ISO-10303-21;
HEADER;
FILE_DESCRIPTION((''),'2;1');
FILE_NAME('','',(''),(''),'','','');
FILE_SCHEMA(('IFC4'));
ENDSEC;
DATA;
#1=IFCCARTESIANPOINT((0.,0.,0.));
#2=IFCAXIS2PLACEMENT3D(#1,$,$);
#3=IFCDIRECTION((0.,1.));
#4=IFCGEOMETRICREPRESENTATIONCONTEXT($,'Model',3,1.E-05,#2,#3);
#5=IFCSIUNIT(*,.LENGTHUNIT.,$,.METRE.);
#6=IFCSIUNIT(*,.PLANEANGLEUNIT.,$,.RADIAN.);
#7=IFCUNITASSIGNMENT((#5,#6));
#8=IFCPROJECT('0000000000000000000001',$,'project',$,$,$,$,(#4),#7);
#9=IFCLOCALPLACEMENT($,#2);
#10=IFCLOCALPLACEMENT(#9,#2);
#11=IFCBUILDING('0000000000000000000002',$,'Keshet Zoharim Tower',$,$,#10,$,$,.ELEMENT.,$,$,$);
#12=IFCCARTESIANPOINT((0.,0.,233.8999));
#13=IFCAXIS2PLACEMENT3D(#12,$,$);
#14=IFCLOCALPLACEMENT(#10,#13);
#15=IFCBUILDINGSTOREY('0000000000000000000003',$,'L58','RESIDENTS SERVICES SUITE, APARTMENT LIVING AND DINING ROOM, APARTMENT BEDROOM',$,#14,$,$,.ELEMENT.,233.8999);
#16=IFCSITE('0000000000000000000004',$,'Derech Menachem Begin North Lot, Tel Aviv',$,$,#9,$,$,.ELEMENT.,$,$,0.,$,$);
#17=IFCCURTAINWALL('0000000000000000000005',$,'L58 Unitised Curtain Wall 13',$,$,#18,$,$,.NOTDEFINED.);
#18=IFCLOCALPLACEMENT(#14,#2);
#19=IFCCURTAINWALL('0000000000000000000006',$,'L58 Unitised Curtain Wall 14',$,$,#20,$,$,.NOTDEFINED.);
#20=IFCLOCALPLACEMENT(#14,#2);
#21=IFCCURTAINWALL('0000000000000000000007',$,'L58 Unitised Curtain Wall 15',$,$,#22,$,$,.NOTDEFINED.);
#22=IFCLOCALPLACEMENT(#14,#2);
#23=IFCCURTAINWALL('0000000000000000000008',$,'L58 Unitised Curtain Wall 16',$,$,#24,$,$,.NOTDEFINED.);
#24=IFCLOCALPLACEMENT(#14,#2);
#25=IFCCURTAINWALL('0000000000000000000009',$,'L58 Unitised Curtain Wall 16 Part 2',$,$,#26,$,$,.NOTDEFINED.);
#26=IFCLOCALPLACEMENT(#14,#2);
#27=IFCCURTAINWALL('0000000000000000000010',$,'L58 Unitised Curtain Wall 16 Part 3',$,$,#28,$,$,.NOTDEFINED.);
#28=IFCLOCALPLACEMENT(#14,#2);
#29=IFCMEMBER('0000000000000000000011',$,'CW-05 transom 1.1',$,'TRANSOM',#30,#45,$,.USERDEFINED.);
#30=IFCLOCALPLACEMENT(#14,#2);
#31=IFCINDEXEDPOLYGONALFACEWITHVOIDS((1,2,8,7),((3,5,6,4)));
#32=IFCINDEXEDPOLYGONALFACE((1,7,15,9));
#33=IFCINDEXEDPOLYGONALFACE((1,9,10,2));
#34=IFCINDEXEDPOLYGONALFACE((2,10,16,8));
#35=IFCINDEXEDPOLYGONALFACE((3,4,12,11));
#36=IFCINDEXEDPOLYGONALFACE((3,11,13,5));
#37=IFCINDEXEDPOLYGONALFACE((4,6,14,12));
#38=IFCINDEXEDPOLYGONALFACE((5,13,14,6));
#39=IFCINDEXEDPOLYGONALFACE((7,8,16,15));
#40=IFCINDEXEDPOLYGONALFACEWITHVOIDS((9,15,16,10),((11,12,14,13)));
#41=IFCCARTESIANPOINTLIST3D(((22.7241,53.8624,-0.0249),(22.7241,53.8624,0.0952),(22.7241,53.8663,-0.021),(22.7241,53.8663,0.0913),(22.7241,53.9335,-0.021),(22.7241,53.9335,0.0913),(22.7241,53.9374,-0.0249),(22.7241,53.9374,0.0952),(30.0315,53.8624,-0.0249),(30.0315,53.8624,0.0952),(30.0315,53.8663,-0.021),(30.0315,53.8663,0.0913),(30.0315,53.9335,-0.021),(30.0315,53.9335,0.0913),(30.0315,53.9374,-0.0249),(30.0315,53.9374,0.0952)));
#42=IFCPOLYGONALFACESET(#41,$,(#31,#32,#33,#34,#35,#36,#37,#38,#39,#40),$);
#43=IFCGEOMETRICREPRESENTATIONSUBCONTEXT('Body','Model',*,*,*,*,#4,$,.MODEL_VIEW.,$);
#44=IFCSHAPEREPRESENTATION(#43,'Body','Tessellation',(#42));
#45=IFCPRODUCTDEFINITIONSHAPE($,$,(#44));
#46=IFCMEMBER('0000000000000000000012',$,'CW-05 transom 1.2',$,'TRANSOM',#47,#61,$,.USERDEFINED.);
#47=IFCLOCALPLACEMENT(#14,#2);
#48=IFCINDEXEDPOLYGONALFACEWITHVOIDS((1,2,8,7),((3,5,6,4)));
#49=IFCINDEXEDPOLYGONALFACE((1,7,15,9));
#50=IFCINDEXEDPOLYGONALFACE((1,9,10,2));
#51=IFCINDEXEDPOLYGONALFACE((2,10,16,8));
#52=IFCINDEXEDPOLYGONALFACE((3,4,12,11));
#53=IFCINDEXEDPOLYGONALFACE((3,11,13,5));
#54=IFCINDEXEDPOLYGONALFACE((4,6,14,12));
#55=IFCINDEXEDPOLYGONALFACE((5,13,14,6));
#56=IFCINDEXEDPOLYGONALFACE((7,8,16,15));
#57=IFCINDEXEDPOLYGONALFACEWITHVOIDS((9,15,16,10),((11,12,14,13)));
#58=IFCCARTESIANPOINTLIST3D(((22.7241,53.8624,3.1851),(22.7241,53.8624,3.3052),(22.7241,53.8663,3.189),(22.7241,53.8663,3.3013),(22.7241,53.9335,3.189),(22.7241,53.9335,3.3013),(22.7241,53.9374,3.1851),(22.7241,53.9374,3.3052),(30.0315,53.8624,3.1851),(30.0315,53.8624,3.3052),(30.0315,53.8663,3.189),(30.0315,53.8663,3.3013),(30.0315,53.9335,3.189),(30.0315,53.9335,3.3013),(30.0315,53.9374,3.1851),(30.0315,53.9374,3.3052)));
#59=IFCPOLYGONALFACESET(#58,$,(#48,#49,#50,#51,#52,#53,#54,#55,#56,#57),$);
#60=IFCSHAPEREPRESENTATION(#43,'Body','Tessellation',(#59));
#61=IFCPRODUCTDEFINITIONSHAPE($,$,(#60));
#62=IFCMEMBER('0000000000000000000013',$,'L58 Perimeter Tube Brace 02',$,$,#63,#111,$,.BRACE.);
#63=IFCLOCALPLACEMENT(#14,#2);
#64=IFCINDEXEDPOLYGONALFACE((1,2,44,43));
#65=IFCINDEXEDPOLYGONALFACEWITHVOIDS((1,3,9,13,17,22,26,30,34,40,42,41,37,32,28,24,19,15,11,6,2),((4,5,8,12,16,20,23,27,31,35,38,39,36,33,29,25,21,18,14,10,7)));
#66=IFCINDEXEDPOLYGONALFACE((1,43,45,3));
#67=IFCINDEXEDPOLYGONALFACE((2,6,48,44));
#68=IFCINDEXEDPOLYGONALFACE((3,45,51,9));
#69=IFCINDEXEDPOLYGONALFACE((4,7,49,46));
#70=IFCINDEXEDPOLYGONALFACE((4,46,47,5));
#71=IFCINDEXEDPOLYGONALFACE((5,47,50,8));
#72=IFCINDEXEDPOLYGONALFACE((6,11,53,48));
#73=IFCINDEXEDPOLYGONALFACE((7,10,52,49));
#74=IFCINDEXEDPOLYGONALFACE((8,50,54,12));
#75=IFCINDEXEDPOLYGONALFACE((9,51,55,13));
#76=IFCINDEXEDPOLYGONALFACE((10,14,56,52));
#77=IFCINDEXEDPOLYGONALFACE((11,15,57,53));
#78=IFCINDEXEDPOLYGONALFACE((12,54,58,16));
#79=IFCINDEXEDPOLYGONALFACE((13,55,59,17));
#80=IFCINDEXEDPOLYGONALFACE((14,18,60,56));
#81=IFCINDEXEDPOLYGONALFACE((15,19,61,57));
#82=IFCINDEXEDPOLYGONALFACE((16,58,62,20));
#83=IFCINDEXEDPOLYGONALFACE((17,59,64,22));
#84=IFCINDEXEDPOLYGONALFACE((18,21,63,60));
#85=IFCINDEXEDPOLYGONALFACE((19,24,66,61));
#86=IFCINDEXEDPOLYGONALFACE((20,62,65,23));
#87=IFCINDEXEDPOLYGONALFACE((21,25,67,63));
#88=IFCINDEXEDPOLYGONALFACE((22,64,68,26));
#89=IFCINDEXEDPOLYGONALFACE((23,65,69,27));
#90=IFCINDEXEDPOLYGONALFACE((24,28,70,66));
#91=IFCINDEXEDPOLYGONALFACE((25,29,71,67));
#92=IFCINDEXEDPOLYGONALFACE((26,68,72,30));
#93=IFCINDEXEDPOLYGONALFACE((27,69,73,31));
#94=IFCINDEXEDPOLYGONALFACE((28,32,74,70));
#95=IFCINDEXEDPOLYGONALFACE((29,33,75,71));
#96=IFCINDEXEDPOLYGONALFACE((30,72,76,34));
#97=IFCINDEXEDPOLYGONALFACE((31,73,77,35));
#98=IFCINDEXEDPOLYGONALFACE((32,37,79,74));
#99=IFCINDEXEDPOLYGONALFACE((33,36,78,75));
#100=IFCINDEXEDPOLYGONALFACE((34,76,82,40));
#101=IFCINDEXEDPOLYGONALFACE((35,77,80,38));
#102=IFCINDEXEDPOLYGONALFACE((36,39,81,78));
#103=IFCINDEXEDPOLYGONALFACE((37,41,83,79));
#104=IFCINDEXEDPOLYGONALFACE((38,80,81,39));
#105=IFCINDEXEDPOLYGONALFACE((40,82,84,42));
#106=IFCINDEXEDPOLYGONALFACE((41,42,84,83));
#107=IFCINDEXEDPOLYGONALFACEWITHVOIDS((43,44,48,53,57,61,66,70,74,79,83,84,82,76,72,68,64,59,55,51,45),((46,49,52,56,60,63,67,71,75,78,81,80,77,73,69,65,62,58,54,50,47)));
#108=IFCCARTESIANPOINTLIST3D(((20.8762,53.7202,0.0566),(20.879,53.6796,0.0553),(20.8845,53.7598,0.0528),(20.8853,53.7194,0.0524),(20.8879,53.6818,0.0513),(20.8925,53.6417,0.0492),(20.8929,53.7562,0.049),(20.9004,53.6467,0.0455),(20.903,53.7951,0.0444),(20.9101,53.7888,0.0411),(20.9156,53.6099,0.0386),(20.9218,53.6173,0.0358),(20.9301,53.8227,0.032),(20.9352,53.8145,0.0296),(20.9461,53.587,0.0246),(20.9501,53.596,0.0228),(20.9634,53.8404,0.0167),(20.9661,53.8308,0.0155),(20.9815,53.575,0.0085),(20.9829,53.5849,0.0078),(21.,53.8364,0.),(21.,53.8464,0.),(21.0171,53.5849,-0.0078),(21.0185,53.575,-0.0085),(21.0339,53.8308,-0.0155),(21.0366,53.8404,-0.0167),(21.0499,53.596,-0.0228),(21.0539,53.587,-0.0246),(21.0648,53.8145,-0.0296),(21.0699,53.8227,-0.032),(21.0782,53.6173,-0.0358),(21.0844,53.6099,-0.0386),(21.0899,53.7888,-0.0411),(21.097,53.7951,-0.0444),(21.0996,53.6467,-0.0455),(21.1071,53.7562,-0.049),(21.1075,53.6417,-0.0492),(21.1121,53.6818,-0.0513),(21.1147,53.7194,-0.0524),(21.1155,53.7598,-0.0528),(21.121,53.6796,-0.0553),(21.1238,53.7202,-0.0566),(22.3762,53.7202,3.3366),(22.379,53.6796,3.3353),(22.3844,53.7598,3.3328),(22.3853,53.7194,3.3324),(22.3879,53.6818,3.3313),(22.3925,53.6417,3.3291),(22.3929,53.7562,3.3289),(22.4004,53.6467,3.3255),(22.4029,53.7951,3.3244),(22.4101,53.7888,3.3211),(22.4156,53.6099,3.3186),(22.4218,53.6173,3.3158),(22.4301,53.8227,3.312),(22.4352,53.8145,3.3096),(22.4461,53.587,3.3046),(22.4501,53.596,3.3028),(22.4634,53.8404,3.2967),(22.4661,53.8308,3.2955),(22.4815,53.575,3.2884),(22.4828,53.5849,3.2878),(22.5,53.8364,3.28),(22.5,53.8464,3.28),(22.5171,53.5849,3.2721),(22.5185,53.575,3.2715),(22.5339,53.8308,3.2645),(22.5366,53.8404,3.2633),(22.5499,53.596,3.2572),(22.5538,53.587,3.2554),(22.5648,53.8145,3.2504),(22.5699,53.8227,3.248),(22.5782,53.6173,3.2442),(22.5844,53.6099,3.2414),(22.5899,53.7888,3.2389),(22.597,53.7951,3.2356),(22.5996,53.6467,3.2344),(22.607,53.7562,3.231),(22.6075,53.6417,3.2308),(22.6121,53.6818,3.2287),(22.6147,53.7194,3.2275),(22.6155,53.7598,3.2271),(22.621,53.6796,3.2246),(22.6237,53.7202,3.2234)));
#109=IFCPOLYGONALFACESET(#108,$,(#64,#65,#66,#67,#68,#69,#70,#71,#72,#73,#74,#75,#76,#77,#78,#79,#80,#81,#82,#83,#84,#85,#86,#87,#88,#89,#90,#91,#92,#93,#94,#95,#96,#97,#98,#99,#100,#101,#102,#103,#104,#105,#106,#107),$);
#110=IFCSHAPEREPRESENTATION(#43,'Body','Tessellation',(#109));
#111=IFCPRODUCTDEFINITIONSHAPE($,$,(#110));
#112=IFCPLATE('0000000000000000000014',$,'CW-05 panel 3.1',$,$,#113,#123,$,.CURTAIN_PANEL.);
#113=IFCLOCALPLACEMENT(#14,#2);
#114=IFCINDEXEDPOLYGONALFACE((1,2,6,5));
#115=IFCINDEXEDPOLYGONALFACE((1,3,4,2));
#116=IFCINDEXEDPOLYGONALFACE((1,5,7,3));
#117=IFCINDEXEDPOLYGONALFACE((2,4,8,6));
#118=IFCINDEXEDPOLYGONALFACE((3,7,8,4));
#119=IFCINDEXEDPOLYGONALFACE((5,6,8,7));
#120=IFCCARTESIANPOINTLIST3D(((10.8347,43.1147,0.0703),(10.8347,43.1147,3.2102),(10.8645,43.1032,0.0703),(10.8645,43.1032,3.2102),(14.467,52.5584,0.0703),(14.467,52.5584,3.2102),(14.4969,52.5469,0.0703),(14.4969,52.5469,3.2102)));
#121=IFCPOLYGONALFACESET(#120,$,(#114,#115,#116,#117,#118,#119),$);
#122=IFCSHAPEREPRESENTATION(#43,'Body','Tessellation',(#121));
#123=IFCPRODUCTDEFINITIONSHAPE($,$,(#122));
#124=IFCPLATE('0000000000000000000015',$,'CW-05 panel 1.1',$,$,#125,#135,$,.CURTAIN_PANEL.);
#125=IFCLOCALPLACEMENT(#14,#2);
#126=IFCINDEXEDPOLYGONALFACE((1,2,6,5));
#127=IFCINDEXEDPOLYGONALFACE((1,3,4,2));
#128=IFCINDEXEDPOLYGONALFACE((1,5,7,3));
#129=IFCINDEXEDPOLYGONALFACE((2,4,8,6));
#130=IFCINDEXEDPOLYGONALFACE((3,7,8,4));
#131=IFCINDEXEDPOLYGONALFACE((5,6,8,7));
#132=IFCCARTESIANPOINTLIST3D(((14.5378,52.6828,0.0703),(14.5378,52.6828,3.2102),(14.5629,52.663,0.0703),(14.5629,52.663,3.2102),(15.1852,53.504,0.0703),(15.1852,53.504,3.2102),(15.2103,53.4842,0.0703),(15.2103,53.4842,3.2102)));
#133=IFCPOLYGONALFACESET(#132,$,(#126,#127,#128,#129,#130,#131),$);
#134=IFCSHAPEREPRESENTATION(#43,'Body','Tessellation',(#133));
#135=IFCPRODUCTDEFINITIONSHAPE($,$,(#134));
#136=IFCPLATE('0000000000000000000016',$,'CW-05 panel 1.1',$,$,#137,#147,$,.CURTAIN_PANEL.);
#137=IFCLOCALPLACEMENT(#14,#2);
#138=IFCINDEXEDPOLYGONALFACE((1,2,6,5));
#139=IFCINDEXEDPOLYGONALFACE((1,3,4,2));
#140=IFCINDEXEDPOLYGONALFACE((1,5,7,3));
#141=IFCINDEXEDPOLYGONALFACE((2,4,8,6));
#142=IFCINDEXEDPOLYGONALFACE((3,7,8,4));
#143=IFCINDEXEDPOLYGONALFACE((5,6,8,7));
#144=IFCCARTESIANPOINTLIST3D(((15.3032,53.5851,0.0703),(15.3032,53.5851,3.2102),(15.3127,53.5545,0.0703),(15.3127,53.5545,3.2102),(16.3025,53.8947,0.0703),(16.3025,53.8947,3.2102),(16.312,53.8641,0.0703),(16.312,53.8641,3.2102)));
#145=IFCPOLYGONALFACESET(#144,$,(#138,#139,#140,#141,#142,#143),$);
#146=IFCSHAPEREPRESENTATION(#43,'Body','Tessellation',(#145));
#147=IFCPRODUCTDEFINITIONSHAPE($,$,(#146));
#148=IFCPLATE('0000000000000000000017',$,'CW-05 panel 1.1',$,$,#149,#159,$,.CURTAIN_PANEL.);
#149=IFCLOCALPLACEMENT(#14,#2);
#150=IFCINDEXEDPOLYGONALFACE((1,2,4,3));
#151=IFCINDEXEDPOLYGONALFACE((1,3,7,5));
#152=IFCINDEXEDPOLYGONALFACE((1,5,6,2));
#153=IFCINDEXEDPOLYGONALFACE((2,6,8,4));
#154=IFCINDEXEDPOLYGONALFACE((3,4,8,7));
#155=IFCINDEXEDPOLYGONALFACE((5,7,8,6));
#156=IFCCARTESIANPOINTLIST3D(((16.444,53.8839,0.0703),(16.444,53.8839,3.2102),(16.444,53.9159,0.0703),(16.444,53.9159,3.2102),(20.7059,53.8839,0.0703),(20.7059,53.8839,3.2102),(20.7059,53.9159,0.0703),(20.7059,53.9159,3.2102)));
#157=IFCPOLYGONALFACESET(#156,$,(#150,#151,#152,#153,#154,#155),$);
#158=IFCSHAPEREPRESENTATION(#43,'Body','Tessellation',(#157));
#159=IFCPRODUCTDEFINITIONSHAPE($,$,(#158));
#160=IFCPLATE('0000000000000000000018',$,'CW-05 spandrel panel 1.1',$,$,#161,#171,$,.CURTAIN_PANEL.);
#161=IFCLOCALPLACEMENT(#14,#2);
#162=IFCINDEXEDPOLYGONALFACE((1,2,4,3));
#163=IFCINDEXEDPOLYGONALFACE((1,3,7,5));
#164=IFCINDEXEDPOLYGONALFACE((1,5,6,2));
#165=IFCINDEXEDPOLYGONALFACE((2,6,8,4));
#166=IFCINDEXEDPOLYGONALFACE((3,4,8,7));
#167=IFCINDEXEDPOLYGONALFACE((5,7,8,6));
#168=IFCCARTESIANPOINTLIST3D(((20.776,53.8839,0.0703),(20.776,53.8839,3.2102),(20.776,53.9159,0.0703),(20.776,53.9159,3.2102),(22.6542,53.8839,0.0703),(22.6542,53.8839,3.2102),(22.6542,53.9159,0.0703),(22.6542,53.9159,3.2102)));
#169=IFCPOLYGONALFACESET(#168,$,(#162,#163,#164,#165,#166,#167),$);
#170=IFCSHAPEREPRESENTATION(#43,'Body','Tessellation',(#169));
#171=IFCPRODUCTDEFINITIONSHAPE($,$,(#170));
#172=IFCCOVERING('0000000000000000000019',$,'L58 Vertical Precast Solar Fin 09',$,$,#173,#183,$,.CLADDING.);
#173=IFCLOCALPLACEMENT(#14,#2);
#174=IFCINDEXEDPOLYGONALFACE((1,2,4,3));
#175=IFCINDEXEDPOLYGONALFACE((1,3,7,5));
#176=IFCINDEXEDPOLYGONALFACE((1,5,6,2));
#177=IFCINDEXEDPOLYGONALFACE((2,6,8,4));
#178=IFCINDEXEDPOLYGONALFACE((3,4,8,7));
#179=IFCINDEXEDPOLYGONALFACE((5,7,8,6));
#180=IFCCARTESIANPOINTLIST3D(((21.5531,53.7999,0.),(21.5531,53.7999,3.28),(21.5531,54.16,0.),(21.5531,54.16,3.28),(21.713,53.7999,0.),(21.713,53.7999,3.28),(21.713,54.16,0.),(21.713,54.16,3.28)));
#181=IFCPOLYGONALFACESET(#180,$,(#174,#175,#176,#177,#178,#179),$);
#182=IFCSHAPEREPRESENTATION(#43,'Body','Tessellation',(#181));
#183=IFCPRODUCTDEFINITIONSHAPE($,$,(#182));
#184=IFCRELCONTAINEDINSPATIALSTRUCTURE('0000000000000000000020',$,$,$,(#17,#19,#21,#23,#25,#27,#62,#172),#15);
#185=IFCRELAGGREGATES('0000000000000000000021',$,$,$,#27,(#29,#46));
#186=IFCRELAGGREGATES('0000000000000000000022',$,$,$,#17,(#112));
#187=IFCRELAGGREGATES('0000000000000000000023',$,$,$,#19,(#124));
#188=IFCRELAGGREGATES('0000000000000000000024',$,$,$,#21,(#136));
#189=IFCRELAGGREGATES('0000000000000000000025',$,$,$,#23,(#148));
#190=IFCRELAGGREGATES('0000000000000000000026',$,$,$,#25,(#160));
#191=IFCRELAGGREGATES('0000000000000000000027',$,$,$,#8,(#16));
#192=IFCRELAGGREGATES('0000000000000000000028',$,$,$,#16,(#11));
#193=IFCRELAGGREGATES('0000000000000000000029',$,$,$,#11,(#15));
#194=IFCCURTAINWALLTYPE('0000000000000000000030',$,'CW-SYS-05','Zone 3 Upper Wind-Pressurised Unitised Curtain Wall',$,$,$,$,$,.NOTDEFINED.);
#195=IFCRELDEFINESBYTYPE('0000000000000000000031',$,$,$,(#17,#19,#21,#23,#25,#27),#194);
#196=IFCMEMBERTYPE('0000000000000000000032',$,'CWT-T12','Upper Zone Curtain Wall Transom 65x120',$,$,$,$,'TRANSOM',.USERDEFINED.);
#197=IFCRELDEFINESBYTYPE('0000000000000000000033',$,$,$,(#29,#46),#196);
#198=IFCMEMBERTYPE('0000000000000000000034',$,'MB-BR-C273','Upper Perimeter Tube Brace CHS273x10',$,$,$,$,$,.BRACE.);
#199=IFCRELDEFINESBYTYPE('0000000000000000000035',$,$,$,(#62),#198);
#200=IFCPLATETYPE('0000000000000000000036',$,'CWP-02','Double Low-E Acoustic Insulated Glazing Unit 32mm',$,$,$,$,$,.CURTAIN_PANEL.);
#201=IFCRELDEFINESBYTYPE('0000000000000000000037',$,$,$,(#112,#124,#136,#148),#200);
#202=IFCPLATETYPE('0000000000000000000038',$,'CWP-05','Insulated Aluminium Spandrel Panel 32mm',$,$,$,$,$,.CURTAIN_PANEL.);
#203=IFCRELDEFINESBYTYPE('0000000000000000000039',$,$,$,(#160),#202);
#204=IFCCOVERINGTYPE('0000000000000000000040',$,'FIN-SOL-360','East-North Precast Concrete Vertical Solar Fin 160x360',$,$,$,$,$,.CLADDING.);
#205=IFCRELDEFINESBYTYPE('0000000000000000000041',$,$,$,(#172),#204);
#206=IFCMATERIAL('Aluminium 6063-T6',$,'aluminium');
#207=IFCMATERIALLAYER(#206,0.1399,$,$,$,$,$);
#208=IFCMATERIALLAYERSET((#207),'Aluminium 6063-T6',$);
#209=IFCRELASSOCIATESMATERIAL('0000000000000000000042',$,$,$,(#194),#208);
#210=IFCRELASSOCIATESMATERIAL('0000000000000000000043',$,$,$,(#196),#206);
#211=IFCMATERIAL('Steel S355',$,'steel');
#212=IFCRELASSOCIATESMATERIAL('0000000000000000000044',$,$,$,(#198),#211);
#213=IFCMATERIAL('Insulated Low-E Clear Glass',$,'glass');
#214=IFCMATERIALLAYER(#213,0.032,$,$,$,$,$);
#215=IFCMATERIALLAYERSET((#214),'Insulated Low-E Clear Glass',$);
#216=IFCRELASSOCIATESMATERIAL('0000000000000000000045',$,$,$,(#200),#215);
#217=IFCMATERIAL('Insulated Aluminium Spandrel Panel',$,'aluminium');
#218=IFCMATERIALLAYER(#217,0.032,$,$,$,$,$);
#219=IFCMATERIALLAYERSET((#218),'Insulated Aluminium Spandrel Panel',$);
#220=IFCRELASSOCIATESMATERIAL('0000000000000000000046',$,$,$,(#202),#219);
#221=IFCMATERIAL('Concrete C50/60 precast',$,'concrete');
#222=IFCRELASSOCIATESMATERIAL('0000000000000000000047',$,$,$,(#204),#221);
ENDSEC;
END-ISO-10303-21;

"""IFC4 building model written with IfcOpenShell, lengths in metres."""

from ifc_helpers import new_model, si_unit, direction, frame, origin, origin_2d, place, context, subcontext, project, spatial, rectangle, hollow_rectangle, hollow_circle, extrude, material, layer, layer_set, material_profile, profile_set, type_object, element, aggregate, save


model = new_model("IFC4")

# Units and contexts
model_context = context("Model", 3, precision=1e-05, world=origin(), true_north=direction((0.0, 1.0)))
body_context = subcontext(model_context, "Body", "Model", "MODEL_VIEW")
ifc_project = project(units=[si_unit("LENGTHUNIT", "METRE"), si_unit("PLANEANGLEUNIT", "RADIAN")], contexts=[model_context])

# Site, building, storey
site_placement = place(None, origin())
site = spatial("IfcSite", under=ifc_project, at=site_placement, Name="Derech Menachem Begin North Lot, Tel Aviv", CompositionType="ELEMENT", RefElevation=0.0)
building_placement = place(site_placement, origin())
building = spatial("IfcBuilding", under=site, at=building_placement, Name="Keshet Zoharim Tower", CompositionType="ELEMENT")
storey_placement = place(building_placement, frame((0.0, 0.0, 233.8999)))
storey = spatial("IfcBuildingStorey", under=building, at=storey_placement, Name="L58", Description="RESIDENTS SERVICES SUITE, APARTMENT LIVING AND DINING ROOM, APARTMENT BEDROOM", CompositionType="ELEMENT", Elevation=233.8999)

# Shared definitions
ifc_material_1 = material(Name="Steel S355", Category="steel")

# Curtain wall
ifc_material_2 = material(Name="Aluminium 6063-T6", Category="aluminium")
ifc_layer_1 = layer(ifc_material_2, 0.1399)
ifc_layer_set_1 = layer_set([ifc_layer_1], Name="Aluminium 6063-T6")
curtain_wall_type = type_object("IfcCurtainWallType", Name="CW-SYS-05", Description="Zone 3 Upper Wind-Pressurised Unitised Curtain Wall", PredefinedType="NOTDEFINED", material=ifc_layer_set_1)
curtain_wall_1_placement = place(storey_placement, origin())
curtain_wall_1 = element("IfcCurtainWall", 1, at=curtain_wall_1_placement, inside=storey, type_object=curtain_wall_type, Name="L58 Unitised Curtain Wall 13", PredefinedType="NOTDEFINED")

# Curtain walls
curtain_wall_2_placement = place(storey_placement, origin())
curtain_wall_2 = element("IfcCurtainWall", 2, at=curtain_wall_2_placement, inside=storey, type_object=curtain_wall_type, Name="L58 Unitised Curtain Wall 14", PredefinedType="NOTDEFINED")
curtain_wall_3_placement = place(storey_placement, origin())
curtain_wall_3 = element("IfcCurtainWall", 3, at=curtain_wall_3_placement, inside=storey, type_object=curtain_wall_type, Name="L58 Unitised Curtain Wall 15", PredefinedType="NOTDEFINED")
curtain_wall_4_placement = place(storey_placement, origin())
curtain_wall_4 = element("IfcCurtainWall", 4, at=curtain_wall_4_placement, inside=storey, type_object=curtain_wall_type, Name="L58 Unitised Curtain Wall 16", PredefinedType="NOTDEFINED")

# Curtain wall
curtain_wall_5_placement = place(storey_placement, origin())
curtain_wall_5 = element("IfcCurtainWall", 5, at=curtain_wall_5_placement, inside=storey, type_object=curtain_wall_type, Name="L58 Unitised Curtain Wall 16 Part 2", PredefinedType="NOTDEFINED")

# Shared definitions
ifc_material_profile_1 = material_profile(ifc_material_2, hollow_rectangle(XDim=0.075, YDim=0.1201, WallThickness=0.0039, at=origin_2d()), Name="TRN-75x120")
ifc_profile_set_1 = profile_set([ifc_material_profile_1], Name="Aluminium 6063-T6")
member_type_1 = type_object("IfcMemberType", Name="CWT-T12", Description="Upper Zone Curtain Wall Transom 65x120", ElementType="TRANSOM", PredefinedType="USERDEFINED", material=ifc_profile_set_1)

# Curtain wall, members
curtain_wall_6_placement = place(storey_placement, origin())
curtain_wall_6 = element("IfcCurtainWall", 6, at=curtain_wall_6_placement, inside=storey, type_object=curtain_wall_type, Name="L58 Unitised Curtain Wall 16 Part 3", PredefinedType="NOTDEFINED")
member_1_placement = place(storey_placement, frame((22.7241, 53.8999, 0.0352), z_axis=(1.0, 0.0, 0.0), x_axis=(0.0, 1.0, 0.0)))
member_1 = element("IfcMember", 7, at=member_1_placement, type_object=member_type_1, Name="CW-05 transom 1.1", ObjectType="TRANSOM", PredefinedType="USERDEFINED", context=body_context, shape_type="SweptSolid", body=[
    extrude(hollow_rectangle(XDim=0.075, YDim=0.1201, WallThickness=0.0039, at=origin_2d()), origin(), (0.0, 0.0, 1.0), 7.3074),
])
member_2_placement = place(storey_placement, frame((22.7241, 53.8999, 3.2451), z_axis=(1.0, 0.0, 0.0), x_axis=(0.0, 1.0, 0.0)))
member_2 = element("IfcMember", 8, at=member_2_placement, type_object=member_type_1, Name="CW-05 transom 1.2", ObjectType="TRANSOM", PredefinedType="USERDEFINED", context=body_context, shape_type="SweptSolid", body=[
    extrude(hollow_rectangle(XDim=0.075, YDim=0.1201, WallThickness=0.0039, at=origin_2d()), origin(), (0.0, 0.0, 1.0), 7.3074),
])
aggregate(curtain_wall_6, [member_1, member_2])

# Member
ifc_material_profile_2 = material_profile(ifc_material_1, hollow_circle(Radius=0.1365, WallThickness=0.01, at=origin_2d()), Name="CHS273x10")
ifc_profile_set_2 = profile_set([ifc_material_profile_2], Name="Steel S355")
member_type_2 = type_object("IfcMemberType", Name="MB-BR-C273", Description="Upper Perimeter Tube Brace CHS273x10", PredefinedType="BRACE", material=ifc_profile_set_2)
member_3_placement = place(storey_placement, frame((21.0, 53.71, 0.0), z_axis=(0.415888, 0.0, 0.909416), x_axis=(0.0, 1.0, 0.0)))
element("IfcMember", 9, at=member_3_placement, inside=storey, type_object=member_type_2, Name="L58 Perimeter Tube Brace 02", PredefinedType="BRACE", context=body_context, shape_type="SweptSolid", body=[
    extrude(hollow_circle(Radius=0.1365, WallThickness=0.01, at=origin_2d()), origin(), (0.0, 0.0, 1.0), 3.6067),
])

# Plates
ifc_material_3 = material(Name="Insulated Low-E Clear Glass", Category="glass")
ifc_layer_2 = layer(ifc_material_3, 0.032)
ifc_layer_set_2 = layer_set([ifc_layer_2], Name="Insulated Low-E Clear Glass")
plate_type_1 = type_object("IfcPlateType", Name="CWP-02", Description="Double Low-E Acoustic Insulated Glazing Unit 32mm", PredefinedType="CURTAIN_PANEL", material=ifc_layer_set_2)
plate_1_placement = place(storey_placement, frame((12.6658, 47.8308, 0.0703), z_axis=(0.0, 0.0, 1.0), x_axis=(0.35899, 0.933341, 0.0)))
plate_1 = element("IfcPlate", 10, at=plate_1_placement, type_object=plate_type_1, Name="CW-05 panel 3.1", PredefinedType="CURTAIN_PANEL", context=body_context, shape_type="SweptSolid", body=[
    extrude(rectangle(XDim=10.1182, YDim=0.032, at=origin_2d()), origin(), (0.0, 0.0, 1.0), 3.1399),
])
aggregate(curtain_wall_1, [plate_1])
plate_2_placement = place(storey_placement, frame((14.874, 53.0835, 0.0703), z_axis=(0.0, 0.0, 1.0), x_axis=(0.619125, 0.785293, 0.0)))
plate_2 = element("IfcPlate", 11, at=plate_2_placement, type_object=plate_type_1, Name="CW-05 panel 1.1", PredefinedType="CURTAIN_PANEL", context=body_context, shape_type="SweptSolid", body=[
    extrude(rectangle(XDim=1.0457, YDim=0.032, at=origin_2d()), origin(), (0.0, 0.0, 1.0), 3.1399),
])
aggregate(curtain_wall_2, [plate_2])
plate_3_placement = place(storey_placement, frame((15.8076, 53.7246, 0.0703), z_axis=(0.0, 0.0, 1.0), x_axis=(0.955212, 0.295922, 0.0)))
plate_3 = element("IfcPlate", 12, at=plate_3_placement, type_object=plate_type_1, Name="CW-05 panel 1.1", PredefinedType="CURTAIN_PANEL", context=body_context, shape_type="SweptSolid", body=[
    extrude(rectangle(XDim=1.0461, YDim=0.032, at=origin_2d()), origin(), (0.0, 0.0, 1.0), 3.1399),
])
aggregate(curtain_wall_3, [plate_3])
plate_4_placement = place(storey_placement, frame((18.575, 53.8999, 0.0703), z_axis=(0.0, 0.0, 1.0), x_axis=(1.0, 0.0, 0.0)))
plate_4 = element("IfcPlate", 13, at=plate_4_placement, type_object=plate_type_1, Name="CW-05 panel 1.1", PredefinedType="CURTAIN_PANEL", context=body_context, shape_type="SweptSolid", body=[
    extrude(rectangle(XDim=4.262, YDim=0.032, at=origin_2d()), origin(), (0.0, 0.0, 1.0), 3.1399),
])
aggregate(curtain_wall_4, [plate_4])
ifc_material_4 = material(Name="Insulated Aluminium Spandrel Panel", Category="aluminium")
ifc_layer_3 = layer(ifc_material_4, 0.032)
ifc_layer_set_3 = layer_set([ifc_layer_3], Name="Insulated Aluminium Spandrel Panel")
plate_type_2 = type_object("IfcPlateType", Name="CWP-05", Description="Insulated Aluminium Spandrel Panel 32mm", PredefinedType="CURTAIN_PANEL", material=ifc_layer_set_3)
plate_5_placement = place(storey_placement, frame((21.7151, 53.8999, 0.0703), z_axis=(0.0, 0.0, 1.0), x_axis=(1.0, 0.0, 0.0)))
plate_5 = element("IfcPlate", 14, at=plate_5_placement, type_object=plate_type_2, Name="CW-05 spandrel panel 1.1", PredefinedType="CURTAIN_PANEL", context=body_context, shape_type="SweptSolid", body=[
    extrude(rectangle(XDim=1.8782, YDim=0.032, at=origin_2d()), origin(), (0.0, 0.0, 1.0), 3.1399),
])
aggregate(curtain_wall_5, [plate_5])

# Covering
ifc_material_5 = material(Name="Concrete C50/60 precast", Category="concrete")
covering_type = type_object("IfcCoveringType", Name="FIN-SOL-360", Description="East-North Precast Concrete Vertical Solar Fin 160x360", PredefinedType="CLADDING", material=ifc_material_5)
covering_placement = place(storey_placement, frame((21.6331, 53.98, 0.0), z_axis=(0.0, 0.0, 1.0), x_axis=(1.0, 0.0, 0.0)))
element("IfcCovering", 15, at=covering_placement, inside=storey, type_object=covering_type, Name="L58 Vertical Precast Solar Fin 09", PredefinedType="CLADDING", context=body_context, shape_type="SweptSolid", body=[
    extrude(rectangle(XDim=0.1599, YDim=0.3601, at=origin_2d()), origin(), (0.0, 0.0, 1.0), 3.28),
])

save(model, "model.ifc")
